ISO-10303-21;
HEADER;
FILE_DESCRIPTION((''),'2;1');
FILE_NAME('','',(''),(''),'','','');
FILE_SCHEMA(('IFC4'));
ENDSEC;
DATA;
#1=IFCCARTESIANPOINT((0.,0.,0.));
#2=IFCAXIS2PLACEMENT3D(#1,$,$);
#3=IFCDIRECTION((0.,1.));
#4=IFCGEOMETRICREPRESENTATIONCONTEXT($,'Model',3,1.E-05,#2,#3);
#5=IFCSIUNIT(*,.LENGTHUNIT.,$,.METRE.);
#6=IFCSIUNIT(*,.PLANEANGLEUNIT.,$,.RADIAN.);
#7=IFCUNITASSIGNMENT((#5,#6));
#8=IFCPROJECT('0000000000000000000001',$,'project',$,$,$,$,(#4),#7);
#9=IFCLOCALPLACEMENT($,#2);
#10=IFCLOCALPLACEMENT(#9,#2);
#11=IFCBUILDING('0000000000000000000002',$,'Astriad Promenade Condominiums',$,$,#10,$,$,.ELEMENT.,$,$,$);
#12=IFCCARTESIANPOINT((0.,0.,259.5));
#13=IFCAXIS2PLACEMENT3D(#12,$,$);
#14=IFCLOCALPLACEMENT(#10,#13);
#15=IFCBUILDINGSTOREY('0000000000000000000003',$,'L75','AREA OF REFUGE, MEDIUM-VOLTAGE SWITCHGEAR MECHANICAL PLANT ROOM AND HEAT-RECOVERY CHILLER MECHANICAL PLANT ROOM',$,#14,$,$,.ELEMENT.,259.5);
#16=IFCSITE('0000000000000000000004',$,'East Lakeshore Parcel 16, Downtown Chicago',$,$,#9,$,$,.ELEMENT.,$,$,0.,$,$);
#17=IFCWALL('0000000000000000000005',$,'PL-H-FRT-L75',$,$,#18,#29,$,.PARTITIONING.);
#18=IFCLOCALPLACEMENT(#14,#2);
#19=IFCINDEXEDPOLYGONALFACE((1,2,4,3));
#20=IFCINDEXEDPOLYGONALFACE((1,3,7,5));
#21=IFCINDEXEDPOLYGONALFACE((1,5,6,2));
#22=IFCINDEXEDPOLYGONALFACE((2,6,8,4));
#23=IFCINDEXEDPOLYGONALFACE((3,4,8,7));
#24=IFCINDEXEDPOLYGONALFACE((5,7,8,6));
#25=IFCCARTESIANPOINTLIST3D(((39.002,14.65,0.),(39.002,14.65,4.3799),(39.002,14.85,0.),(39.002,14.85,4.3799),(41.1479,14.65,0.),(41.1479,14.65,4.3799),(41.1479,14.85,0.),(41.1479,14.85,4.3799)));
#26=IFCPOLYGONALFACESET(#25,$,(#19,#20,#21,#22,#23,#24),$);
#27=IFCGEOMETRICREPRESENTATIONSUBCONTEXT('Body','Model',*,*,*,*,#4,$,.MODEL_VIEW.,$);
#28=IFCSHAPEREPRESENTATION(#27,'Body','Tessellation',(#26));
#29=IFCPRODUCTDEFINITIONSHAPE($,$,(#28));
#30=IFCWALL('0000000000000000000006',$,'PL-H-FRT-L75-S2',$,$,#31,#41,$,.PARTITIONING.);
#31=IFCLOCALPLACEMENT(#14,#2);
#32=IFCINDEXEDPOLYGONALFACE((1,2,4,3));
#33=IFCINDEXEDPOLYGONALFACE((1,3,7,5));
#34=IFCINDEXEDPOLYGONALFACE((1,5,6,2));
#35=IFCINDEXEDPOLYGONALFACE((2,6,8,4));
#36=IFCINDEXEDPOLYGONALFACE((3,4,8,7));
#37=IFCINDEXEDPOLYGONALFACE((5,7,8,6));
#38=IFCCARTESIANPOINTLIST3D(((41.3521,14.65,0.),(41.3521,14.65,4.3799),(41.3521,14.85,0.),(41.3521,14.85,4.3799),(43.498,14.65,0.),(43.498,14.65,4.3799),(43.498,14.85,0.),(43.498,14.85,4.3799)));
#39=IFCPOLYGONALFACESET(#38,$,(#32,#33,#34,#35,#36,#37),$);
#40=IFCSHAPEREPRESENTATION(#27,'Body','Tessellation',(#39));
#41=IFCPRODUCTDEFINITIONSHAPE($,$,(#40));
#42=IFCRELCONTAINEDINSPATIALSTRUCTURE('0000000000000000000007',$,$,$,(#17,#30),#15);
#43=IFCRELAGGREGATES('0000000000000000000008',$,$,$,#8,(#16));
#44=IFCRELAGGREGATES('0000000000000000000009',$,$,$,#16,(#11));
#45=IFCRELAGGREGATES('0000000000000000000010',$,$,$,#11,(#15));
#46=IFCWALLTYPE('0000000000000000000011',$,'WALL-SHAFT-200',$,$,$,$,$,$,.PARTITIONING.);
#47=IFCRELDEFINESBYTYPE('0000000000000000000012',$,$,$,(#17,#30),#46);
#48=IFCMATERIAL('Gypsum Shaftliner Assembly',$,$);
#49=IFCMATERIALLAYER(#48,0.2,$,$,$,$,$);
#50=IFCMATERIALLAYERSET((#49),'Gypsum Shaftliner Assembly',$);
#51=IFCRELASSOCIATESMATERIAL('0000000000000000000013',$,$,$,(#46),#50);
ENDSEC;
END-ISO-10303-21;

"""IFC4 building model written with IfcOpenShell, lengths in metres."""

from ifc_helpers import new_model, si_unit, direction, frame, frame_2d, origin, place, context, subcontext, project, spatial, rectangle, extrude, material, layer, layer_set, type_object, element, save


model = new_model("IFC4")

# Units and contexts
model_context = context("Model", 3, precision=1e-05, world=origin(), true_north=direction((0.0, 1.0)))
body_context = subcontext(model_context, "Body", "Model", "MODEL_VIEW")
ifc_project = project(units=[si_unit("LENGTHUNIT", "METRE"), si_unit("PLANEANGLEUNIT", "RADIAN")], contexts=[model_context])

# Site, building, storey
site_placement = place(None, origin())
site = spatial("IfcSite", under=ifc_project, at=site_placement, Name="East Lakeshore Parcel 16, Downtown Chicago", CompositionType="ELEMENT", RefElevation=0.0)
building_placement = place(site_placement, origin())
building = spatial("IfcBuilding", under=site, at=building_placement, Name="Astriad Promenade Condominiums", CompositionType="ELEMENT")
storey_placement = place(building_placement, frame((0.0, 0.0, 259.5)))
storey = spatial("IfcBuildingStorey", under=building, at=storey_placement, Name="L75", Description="AREA OF REFUGE, MEDIUM-VOLTAGE SWITCHGEAR MECHANICAL PLANT ROOM AND HEAT-RECOVERY CHILLER MECHANICAL PLANT ROOM", CompositionType="ELEMENT", Elevation=259.5)

# Walls
ifc_material_1 = material(Name="Gypsum Shaftliner Assembly")
ifc_layer_1 = layer(ifc_material_1, 0.2)
ifc_layer_set_1 = layer_set([ifc_layer_1], Name="Gypsum Shaftliner Assembly")
wall_type_1 = type_object("IfcWallType", Name="WALL-SHAFT-200", PredefinedType="PARTITIONING", material=ifc_layer_set_1)
for number, where, z_axis, x_axis, name in (
    (1, (39.002, 14.75, 0.0), (0.0, 0.0, 1.0), (1.0, 0.0, 0.0), "PL-H-FRT-L75"),
    (2, (41.3521, 14.75, 0.0), (0.0, 0.0, 1.0), (1.0, 0.0, 0.0), "PL-H-FRT-L75-S2"),
):
    element("IfcWall", number, at=place(storey_placement, frame(where, z_axis=z_axis, x_axis=x_axis)), inside=storey, type_object=wall_type_1, Name=name, PredefinedType="PARTITIONING", context=body_context, shape_type="SweptSolid", body=[
        extrude(rectangle(XDim=2.146, YDim=0.2, at=frame_2d((1.073, 0.0))), origin(), (0.0, 0.0, 1.0), 4.3799),
    ])

save(model, "model.ifc")
